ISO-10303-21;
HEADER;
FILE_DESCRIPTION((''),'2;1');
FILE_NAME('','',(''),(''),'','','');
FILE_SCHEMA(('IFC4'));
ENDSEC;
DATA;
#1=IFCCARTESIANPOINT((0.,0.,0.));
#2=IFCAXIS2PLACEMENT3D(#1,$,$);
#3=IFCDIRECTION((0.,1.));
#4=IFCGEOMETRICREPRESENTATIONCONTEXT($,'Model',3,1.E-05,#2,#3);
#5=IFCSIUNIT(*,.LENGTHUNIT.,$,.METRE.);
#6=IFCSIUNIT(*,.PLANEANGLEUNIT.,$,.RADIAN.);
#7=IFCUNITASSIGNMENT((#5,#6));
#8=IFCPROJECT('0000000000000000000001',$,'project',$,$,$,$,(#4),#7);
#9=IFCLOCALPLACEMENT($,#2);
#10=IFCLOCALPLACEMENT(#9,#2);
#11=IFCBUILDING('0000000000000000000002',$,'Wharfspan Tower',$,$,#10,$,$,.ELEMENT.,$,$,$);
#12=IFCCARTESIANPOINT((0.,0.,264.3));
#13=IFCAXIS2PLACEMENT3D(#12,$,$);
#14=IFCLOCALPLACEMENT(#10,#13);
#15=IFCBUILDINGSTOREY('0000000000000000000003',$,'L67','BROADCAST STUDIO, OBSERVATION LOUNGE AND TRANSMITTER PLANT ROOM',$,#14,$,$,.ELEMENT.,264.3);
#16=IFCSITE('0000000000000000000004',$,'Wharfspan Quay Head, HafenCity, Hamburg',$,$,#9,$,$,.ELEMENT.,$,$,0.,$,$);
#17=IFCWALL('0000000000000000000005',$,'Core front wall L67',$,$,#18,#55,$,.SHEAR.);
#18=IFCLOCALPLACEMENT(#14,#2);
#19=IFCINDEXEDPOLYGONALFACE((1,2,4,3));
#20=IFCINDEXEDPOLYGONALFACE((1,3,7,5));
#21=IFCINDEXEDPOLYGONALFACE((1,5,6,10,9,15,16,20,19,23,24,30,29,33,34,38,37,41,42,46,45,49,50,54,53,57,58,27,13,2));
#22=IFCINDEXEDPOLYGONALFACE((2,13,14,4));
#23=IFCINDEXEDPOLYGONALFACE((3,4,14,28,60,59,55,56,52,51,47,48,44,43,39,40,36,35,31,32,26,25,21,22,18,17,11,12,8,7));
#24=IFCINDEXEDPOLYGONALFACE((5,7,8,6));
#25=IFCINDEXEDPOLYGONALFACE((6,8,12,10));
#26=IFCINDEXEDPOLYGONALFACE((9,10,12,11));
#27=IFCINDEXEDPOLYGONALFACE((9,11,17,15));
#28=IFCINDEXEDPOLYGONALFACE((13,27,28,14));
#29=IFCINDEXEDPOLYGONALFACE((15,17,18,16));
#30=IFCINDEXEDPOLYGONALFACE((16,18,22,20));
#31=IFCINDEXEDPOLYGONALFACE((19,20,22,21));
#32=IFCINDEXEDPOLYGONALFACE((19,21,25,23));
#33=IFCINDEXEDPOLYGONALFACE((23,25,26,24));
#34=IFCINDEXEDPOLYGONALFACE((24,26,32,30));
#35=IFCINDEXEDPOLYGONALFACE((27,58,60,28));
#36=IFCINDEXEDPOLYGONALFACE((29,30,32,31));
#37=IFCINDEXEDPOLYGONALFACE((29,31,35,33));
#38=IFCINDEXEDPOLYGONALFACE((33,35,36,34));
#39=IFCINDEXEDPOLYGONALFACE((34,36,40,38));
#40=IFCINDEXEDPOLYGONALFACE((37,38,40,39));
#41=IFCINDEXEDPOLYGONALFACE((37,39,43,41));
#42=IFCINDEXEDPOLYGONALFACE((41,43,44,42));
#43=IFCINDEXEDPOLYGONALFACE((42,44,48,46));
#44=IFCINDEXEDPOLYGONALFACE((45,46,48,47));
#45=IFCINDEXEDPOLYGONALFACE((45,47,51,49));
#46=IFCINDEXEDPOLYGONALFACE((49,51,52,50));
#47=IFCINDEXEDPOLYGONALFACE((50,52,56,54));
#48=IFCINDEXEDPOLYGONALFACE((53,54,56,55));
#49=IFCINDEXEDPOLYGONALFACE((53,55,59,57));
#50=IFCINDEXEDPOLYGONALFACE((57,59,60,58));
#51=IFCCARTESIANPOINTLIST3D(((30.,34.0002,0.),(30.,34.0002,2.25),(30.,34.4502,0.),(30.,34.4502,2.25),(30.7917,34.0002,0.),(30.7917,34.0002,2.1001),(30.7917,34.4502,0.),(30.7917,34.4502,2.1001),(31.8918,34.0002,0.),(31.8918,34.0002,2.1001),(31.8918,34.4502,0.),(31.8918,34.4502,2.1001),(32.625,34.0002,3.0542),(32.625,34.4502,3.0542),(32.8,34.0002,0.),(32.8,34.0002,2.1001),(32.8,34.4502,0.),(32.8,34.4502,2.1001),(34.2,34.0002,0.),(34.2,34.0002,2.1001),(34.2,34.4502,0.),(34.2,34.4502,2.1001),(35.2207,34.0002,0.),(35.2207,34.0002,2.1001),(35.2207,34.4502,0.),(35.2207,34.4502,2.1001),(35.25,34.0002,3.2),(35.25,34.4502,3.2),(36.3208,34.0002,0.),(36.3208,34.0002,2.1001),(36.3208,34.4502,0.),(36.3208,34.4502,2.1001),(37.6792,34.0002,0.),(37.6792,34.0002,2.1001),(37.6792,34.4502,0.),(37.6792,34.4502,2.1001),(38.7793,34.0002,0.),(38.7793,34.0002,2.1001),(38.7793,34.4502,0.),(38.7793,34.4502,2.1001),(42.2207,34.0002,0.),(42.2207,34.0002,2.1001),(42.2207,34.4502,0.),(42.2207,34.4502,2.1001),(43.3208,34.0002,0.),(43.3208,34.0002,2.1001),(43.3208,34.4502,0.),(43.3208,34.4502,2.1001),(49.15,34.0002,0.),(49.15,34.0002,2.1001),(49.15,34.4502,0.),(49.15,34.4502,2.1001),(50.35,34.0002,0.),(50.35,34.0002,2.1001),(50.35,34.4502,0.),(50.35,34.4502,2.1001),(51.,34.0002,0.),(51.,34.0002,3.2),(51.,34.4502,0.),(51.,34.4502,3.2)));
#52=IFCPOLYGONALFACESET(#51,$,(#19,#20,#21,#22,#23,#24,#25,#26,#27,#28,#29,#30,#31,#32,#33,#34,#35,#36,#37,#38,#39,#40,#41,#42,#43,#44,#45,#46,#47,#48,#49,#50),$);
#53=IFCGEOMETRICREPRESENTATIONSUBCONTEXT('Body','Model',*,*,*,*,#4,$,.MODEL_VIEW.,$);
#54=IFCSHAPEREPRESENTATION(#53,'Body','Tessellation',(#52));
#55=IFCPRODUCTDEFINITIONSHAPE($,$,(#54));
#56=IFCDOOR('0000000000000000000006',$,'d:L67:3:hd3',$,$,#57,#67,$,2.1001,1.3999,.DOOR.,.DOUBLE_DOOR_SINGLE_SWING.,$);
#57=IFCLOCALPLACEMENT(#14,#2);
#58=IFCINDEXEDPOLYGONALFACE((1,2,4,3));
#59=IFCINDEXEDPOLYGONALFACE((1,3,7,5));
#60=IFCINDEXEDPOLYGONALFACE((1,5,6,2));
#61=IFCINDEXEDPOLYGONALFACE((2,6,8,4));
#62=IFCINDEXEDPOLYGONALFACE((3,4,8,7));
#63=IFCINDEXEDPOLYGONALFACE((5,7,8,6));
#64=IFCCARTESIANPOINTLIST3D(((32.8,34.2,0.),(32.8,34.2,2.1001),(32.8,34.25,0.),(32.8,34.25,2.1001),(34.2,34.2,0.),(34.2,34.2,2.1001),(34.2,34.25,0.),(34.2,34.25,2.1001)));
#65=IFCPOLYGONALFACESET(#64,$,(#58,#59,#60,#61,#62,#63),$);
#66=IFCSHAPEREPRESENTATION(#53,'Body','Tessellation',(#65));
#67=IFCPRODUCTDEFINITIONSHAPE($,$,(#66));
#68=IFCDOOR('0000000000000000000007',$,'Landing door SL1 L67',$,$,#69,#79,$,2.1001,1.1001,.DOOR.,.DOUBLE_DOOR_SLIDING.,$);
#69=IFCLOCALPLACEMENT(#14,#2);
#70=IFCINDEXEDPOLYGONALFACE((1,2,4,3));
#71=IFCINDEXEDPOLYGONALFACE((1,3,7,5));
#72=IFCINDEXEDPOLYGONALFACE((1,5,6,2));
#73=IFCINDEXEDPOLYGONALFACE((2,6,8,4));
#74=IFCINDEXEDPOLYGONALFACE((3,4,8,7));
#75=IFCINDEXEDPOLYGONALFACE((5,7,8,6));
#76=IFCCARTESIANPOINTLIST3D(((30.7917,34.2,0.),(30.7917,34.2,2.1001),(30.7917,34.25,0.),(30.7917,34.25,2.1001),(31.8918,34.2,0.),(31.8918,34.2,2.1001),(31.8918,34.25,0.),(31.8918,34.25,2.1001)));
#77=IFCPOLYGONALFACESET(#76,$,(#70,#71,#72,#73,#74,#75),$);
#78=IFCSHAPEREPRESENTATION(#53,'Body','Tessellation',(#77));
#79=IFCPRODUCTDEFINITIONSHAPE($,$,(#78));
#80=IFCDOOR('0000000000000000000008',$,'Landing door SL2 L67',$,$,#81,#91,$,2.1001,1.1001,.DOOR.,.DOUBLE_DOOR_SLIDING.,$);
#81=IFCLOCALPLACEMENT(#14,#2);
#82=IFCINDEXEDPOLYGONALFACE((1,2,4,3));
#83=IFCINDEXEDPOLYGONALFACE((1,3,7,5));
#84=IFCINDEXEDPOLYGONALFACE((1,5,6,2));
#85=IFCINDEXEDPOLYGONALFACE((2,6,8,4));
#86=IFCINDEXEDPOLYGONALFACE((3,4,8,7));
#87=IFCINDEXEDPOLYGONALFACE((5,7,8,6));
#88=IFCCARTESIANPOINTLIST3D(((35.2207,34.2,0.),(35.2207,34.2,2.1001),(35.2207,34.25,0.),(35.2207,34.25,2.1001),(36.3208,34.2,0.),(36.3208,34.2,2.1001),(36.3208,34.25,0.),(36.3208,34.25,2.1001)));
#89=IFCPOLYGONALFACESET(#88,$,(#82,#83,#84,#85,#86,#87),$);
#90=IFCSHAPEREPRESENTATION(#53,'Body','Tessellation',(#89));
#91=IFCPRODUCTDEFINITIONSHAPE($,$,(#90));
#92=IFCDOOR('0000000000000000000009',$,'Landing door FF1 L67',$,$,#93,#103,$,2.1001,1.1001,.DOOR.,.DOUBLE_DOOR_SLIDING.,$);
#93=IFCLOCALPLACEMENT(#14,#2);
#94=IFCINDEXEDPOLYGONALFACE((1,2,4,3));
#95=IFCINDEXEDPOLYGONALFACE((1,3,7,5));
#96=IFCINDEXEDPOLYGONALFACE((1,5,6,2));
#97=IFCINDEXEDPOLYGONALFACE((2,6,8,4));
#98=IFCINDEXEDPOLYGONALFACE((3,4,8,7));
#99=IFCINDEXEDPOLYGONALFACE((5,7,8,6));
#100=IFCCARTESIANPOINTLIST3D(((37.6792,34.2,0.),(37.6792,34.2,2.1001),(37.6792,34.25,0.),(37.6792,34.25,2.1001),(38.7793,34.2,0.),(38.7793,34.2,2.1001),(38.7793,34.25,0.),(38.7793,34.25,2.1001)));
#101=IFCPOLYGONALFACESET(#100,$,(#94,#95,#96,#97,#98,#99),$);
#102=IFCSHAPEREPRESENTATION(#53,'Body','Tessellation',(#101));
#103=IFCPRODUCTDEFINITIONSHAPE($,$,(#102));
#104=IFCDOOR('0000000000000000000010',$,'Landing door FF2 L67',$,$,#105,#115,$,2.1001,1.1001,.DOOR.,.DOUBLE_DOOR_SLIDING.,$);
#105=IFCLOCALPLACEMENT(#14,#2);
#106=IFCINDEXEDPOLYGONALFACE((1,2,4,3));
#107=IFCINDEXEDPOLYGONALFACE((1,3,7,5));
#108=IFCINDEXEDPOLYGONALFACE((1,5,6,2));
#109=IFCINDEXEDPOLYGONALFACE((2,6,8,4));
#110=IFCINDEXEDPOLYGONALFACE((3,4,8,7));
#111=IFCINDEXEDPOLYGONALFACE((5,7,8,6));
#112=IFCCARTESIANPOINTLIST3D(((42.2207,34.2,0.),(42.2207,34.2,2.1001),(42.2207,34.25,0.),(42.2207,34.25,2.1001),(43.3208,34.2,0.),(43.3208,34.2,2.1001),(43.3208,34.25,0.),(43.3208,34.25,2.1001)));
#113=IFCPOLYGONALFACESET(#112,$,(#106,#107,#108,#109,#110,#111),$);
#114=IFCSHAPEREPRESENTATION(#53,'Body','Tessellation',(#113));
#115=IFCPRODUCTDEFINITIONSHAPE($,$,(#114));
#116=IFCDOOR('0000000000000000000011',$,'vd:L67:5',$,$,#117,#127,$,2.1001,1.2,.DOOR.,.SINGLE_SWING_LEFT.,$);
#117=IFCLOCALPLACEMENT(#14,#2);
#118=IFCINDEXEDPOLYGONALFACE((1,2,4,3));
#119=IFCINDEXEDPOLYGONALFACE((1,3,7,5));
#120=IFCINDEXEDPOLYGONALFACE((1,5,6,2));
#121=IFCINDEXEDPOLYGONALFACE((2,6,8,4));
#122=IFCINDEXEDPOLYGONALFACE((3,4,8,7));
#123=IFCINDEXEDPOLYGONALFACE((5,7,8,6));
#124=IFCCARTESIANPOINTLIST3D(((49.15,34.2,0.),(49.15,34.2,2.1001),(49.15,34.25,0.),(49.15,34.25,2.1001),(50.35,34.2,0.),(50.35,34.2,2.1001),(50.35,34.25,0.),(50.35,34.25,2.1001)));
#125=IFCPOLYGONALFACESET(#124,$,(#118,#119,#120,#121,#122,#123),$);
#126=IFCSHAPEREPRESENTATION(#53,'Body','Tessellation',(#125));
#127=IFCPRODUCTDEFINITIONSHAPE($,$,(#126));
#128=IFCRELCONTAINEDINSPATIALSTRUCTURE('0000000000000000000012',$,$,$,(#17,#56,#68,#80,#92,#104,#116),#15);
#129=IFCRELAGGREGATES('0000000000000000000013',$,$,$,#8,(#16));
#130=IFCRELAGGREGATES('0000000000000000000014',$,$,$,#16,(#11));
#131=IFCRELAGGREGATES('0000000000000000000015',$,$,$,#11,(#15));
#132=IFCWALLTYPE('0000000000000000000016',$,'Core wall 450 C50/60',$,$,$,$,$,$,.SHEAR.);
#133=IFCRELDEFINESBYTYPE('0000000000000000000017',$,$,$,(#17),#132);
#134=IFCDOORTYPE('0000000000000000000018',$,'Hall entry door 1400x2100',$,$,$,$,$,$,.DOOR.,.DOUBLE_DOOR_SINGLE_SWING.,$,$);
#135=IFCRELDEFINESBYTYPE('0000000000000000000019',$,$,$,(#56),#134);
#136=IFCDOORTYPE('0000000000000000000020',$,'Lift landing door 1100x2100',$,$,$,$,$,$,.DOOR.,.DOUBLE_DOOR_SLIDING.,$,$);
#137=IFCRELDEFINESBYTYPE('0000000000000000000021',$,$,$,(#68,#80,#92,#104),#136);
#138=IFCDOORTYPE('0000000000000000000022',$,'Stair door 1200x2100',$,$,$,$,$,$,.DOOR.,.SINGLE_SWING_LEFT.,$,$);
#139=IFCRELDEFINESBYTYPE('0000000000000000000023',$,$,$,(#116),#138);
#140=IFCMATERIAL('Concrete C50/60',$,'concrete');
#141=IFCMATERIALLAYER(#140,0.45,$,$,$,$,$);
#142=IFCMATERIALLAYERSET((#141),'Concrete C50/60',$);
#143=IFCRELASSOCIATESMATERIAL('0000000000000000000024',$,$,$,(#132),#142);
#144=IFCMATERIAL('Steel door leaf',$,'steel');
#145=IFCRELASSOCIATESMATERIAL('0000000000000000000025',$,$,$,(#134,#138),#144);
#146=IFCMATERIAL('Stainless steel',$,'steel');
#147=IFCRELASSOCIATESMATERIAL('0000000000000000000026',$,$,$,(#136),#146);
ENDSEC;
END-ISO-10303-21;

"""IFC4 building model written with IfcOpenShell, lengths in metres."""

from ifc_helpers import new_model, si_unit, direction, frame, frame_2d, origin, place, context, subcontext, project, spatial, polyline, rectangle, outline, extrude, material, layer, layer_set, type_object, element, fill, save


model = new_model("IFC4")

# Units and contexts
model_context = context("Model", 3, precision=1e-05, world=origin(), true_north=direction((0.0, 1.0)))
body_context = subcontext(model_context, "Body", "Model", "MODEL_VIEW")
ifc_project = project(units=[si_unit("LENGTHUNIT", "METRE"), si_unit("PLANEANGLEUNIT", "RADIAN")], contexts=[model_context])

# Site, building, storey
site_placement = place(None, origin())
site = spatial("IfcSite", under=ifc_project, at=site_placement, Name="Wharfspan Quay Head, HafenCity, Hamburg", CompositionType="ELEMENT", RefElevation=0.0)
building_placement = place(site_placement, origin())
building = spatial("IfcBuilding", under=site, at=building_placement, Name="Wharfspan Tower", CompositionType="ELEMENT")
storey_placement = place(building_placement, frame((0.0, 0.0, 264.3)))
storey = spatial("IfcBuildingStorey", under=building, at=storey_placement, Name="L67", Description="BROADCAST STUDIO, OBSERVATION LOUNGE AND TRANSMITTER PLANT ROOM", CompositionType="ELEMENT", Elevation=264.3)

# Wall, openings, doors
ifc_material_1 = material(Name="Concrete C50/60", Category="concrete")
ifc_layer_1 = layer(ifc_material_1, 0.45)
ifc_layer_set_1 = layer_set([ifc_layer_1], Name="Concrete C50/60")
wall_type = type_object("IfcWallType", Name="Core wall 450 C50/60", PredefinedType="SHEAR", material=ifc_layer_set_1)
wall_placement = place(storey_placement, frame((30.0, 34.2251, 0.0), z_axis=(0.0, 0.0, 1.0), x_axis=(1.0, 0.0, 0.0)))
wall = element("IfcWall", 1, at=wall_placement, inside=storey, type_object=wall_type, Name="Core front wall L67", PredefinedType="SHEAR", context=body_context, shape_type="SweptSolid", body=[
    extrude(outline(polyline([(0.0, 0.0), (21.0, 0.0), (21.0, 3.2), (18.375, 3.2), (15.75, 3.2), (13.125, 3.2), (10.5, 3.2), (7.875, 3.2), (5.25, 3.2), (2.625, 3.0542), (0.0, 2.25), (0.0, 0.0)])), frame((0.0, 0.2251, 0.0), z_axis=(0.0, -1.0, 0.0), x_axis=(1.0, 0.0, 0.0)), (0.0, 0.0, 1.0), 0.45),
])
opening_1_placement = place(wall_placement, frame((0.7917, 0.0, 0.0)))
opening_1 = element("IfcOpeningElement", 2, at=opening_1_placement, cuts=wall, PredefinedType="OPENING", context=body_context, shape_type="SweptSolid", body=[
    extrude(rectangle(XDim=1.1001, YDim=2.1001, at=frame_2d((0.55, 1.05))), frame((0.0, 0.2349, 0.0), z_axis=(0.0, -1.0, 0.0), x_axis=(1.0, 0.0, 0.0)), (0.0, 0.0, 1.0), 0.47),
])
opening_2_placement = place(wall_placement, frame((5.2207, 0.0, 0.0)))
opening_2 = element("IfcOpeningElement", 3, at=opening_2_placement, cuts=wall, PredefinedType="OPENING", context=body_context, shape_type="SweptSolid", body=[
    extrude(rectangle(XDim=1.1001, YDim=2.1001, at=frame_2d((0.55, 1.05))), frame((0.0, 0.2349, 0.0), z_axis=(0.0, -1.0, 0.0), x_axis=(1.0, 0.0, 0.0)), (0.0, 0.0, 1.0), 0.47),
])
opening_3_placement = place(wall_placement, frame((2.8, 0.0, 0.0)))
opening_3 = element("IfcOpeningElement", 4, at=opening_3_placement, cuts=wall, PredefinedType="OPENING", context=body_context, shape_type="SweptSolid", body=[
    extrude(rectangle(XDim=1.3999, YDim=2.1001, at=frame_2d((0.7, 1.05))), frame((0.0, 0.2349, 0.0), z_axis=(0.0, -1.0, 0.0), x_axis=(1.0, 0.0, 0.0)), (0.0, 0.0, 1.0), 0.47),
])
opening_4_placement = place(wall_placement, frame((7.6792, 0.0, 0.0)))
opening_4 = element("IfcOpeningElement", 5, at=opening_4_placement, cuts=wall, PredefinedType="OPENING", context=body_context, shape_type="SweptSolid", body=[
    extrude(rectangle(XDim=1.1001, YDim=2.1001, at=frame_2d((0.55, 1.05))), frame((0.0, 0.2349, 0.0), z_axis=(0.0, -1.0, 0.0), x_axis=(1.0, 0.0, 0.0)), (0.0, 0.0, 1.0), 0.47),
])
opening_5_placement = place(wall_placement, frame((12.2207, 0.0, 0.0)))
opening_5 = element("IfcOpeningElement", 6, at=opening_5_placement, cuts=wall, PredefinedType="OPENING", context=body_context, shape_type="SweptSolid", body=[
    extrude(rectangle(XDim=1.1001, YDim=2.1001, at=frame_2d((0.55, 1.05))), frame((0.0, 0.2349, 0.0), z_axis=(0.0, -1.0, 0.0), x_axis=(1.0, 0.0, 0.0)), (0.0, 0.0, 1.0), 0.47),
])
opening_6_placement = place(wall_placement, frame((19.1499, 0.0, 0.0)))
opening_6 = element("IfcOpeningElement", 7, at=opening_6_placement, cuts=wall, PredefinedType="OPENING", context=body_context, shape_type="SweptSolid", body=[
    extrude(rectangle(XDim=1.2, YDim=2.1001, at=frame_2d((0.6001, 1.05))), frame((0.0, 0.2349, 0.0), z_axis=(0.0, -1.0, 0.0), x_axis=(1.0, 0.0, 0.0)), (0.0, 0.0, 1.0), 0.47),
])
ifc_material_2 = material(Name="Steel door leaf", Category="steel")
door_type_1 = type_object("IfcDoorType", Name="Hall entry door 1400x2100", OperationType="DOUBLE_DOOR_SINGLE_SWING", PredefinedType="DOOR", material=ifc_material_2)
door_1_placement = place(opening_3_placement, origin())
door_1 = element("IfcDoor", 8, at=door_1_placement, inside=storey, type_object=door_type_1, Name="d:L67:3:hd3", OperationType="DOUBLE_DOOR_SINGLE_SWING", OverallHeight=2.1001, OverallWidth=1.3999, PredefinedType="DOOR", context=body_context, shape_type="SweptSolid", body=[
    extrude(rectangle(XDim=1.3999, YDim=2.1001, at=frame_2d((0.7, 1.05))), frame((0.0, 0.0249, 0.0), z_axis=(0.0, -1.0, 0.0), x_axis=(1.0, 0.0, 0.0)), (0.0, 0.0, 1.0), 0.05),
])
fill(opening_3, door_1)
ifc_material_3 = material(Name="Stainless steel", Category="steel")
door_type_2 = type_object("IfcDoorType", Name="Lift landing door 1100x2100", OperationType="DOUBLE_DOOR_SLIDING", PredefinedType="DOOR", material=ifc_material_3)
door_2_placement = place(opening_1_placement, origin())
door_2 = element("IfcDoor", 9, at=door_2_placement, inside=storey, type_object=door_type_2, Name="Landing door SL1 L67", OperationType="DOUBLE_DOOR_SLIDING", OverallHeight=2.1001, OverallWidth=1.1001, PredefinedType="DOOR", context=body_context, shape_type="SweptSolid", body=[
    extrude(rectangle(XDim=1.1001, YDim=2.1001, at=frame_2d((0.55, 1.05))), frame((0.0, 0.0249, 0.0), z_axis=(0.0, -1.0, 0.0), x_axis=(1.0, 0.0, 0.0)), (0.0, 0.0, 1.0), 0.05),
])
fill(opening_1, door_2)
door_3_placement = place(opening_2_placement, origin())
door_3 = element("IfcDoor", 10, at=door_3_placement, inside=storey, type_object=door_type_2, Name="Landing door SL2 L67", OperationType="DOUBLE_DOOR_SLIDING", OverallHeight=2.1001, OverallWidth=1.1001, PredefinedType="DOOR", context=body_context, shape_type="SweptSolid", body=[
    extrude(rectangle(XDim=1.1001, YDim=2.1001, at=frame_2d((0.55, 1.05))), frame((0.0, 0.0249, 0.0), z_axis=(0.0, -1.0, 0.0), x_axis=(1.0, 0.0, 0.0)), (0.0, 0.0, 1.0), 0.05),
])
fill(opening_2, door_3)
door_4_placement = place(opening_4_placement, origin())
door_4 = element("IfcDoor", 11, at=door_4_placement, inside=storey, type_object=door_type_2, Name="Landing door FF1 L67", OperationType="DOUBLE_DOOR_SLIDING", OverallHeight=2.1001, OverallWidth=1.1001, PredefinedType="DOOR", context=body_context, shape_type="SweptSolid", body=[
    extrude(rectangle(XDim=1.1001, YDim=2.1001, at=frame_2d((0.55, 1.05))), frame((0.0, 0.0249, 0.0), z_axis=(0.0, -1.0, 0.0), x_axis=(1.0, 0.0, 0.0)), (0.0, 0.0, 1.0), 0.05),
])
fill(opening_4, door_4)
door_5_placement = place(opening_5_placement, origin())
door_5 = element("IfcDoor", 12, at=door_5_placement, inside=storey, type_object=door_type_2, Name="Landing door FF2 L67", OperationType="DOUBLE_DOOR_SLIDING", OverallHeight=2.1001, OverallWidth=1.1001, PredefinedType="DOOR", context=body_context, shape_type="SweptSolid", body=[
    extrude(rectangle(XDim=1.1001, YDim=2.1001, at=frame_2d((0.55, 1.05))), frame((0.0, 0.0249, 0.0), z_axis=(0.0, -1.0, 0.0), x_axis=(1.0, 0.0, 0.0)), (0.0, 0.0, 1.0), 0.05),
])
fill(opening_5, door_5)
door_type_3 = type_object("IfcDoorType", Name="Stair door 1200x2100", OperationType="SINGLE_SWING_LEFT", PredefinedType="DOOR", material=ifc_material_2)
door_6_placement = place(opening_6_placement, origin())
door_6 = element("IfcDoor", 13, at=door_6_placement, inside=storey, type_object=door_type_3, Name="vd:L67:5", OperationType="SINGLE_SWING_LEFT", OverallHeight=2.1001, OverallWidth=1.2, PredefinedType="DOOR", context=body_context, shape_type="SweptSolid", body=[
    extrude(rectangle(XDim=1.2, YDim=2.1001, at=frame_2d((0.6001, 1.05))), frame((0.0, 0.0249, 0.0), z_axis=(0.0, -1.0, 0.0), x_axis=(1.0, 0.0, 0.0)), (0.0, 0.0, 1.0), 0.05),
])
fill(opening_6, door_6)

save(model, "model.ifc")
